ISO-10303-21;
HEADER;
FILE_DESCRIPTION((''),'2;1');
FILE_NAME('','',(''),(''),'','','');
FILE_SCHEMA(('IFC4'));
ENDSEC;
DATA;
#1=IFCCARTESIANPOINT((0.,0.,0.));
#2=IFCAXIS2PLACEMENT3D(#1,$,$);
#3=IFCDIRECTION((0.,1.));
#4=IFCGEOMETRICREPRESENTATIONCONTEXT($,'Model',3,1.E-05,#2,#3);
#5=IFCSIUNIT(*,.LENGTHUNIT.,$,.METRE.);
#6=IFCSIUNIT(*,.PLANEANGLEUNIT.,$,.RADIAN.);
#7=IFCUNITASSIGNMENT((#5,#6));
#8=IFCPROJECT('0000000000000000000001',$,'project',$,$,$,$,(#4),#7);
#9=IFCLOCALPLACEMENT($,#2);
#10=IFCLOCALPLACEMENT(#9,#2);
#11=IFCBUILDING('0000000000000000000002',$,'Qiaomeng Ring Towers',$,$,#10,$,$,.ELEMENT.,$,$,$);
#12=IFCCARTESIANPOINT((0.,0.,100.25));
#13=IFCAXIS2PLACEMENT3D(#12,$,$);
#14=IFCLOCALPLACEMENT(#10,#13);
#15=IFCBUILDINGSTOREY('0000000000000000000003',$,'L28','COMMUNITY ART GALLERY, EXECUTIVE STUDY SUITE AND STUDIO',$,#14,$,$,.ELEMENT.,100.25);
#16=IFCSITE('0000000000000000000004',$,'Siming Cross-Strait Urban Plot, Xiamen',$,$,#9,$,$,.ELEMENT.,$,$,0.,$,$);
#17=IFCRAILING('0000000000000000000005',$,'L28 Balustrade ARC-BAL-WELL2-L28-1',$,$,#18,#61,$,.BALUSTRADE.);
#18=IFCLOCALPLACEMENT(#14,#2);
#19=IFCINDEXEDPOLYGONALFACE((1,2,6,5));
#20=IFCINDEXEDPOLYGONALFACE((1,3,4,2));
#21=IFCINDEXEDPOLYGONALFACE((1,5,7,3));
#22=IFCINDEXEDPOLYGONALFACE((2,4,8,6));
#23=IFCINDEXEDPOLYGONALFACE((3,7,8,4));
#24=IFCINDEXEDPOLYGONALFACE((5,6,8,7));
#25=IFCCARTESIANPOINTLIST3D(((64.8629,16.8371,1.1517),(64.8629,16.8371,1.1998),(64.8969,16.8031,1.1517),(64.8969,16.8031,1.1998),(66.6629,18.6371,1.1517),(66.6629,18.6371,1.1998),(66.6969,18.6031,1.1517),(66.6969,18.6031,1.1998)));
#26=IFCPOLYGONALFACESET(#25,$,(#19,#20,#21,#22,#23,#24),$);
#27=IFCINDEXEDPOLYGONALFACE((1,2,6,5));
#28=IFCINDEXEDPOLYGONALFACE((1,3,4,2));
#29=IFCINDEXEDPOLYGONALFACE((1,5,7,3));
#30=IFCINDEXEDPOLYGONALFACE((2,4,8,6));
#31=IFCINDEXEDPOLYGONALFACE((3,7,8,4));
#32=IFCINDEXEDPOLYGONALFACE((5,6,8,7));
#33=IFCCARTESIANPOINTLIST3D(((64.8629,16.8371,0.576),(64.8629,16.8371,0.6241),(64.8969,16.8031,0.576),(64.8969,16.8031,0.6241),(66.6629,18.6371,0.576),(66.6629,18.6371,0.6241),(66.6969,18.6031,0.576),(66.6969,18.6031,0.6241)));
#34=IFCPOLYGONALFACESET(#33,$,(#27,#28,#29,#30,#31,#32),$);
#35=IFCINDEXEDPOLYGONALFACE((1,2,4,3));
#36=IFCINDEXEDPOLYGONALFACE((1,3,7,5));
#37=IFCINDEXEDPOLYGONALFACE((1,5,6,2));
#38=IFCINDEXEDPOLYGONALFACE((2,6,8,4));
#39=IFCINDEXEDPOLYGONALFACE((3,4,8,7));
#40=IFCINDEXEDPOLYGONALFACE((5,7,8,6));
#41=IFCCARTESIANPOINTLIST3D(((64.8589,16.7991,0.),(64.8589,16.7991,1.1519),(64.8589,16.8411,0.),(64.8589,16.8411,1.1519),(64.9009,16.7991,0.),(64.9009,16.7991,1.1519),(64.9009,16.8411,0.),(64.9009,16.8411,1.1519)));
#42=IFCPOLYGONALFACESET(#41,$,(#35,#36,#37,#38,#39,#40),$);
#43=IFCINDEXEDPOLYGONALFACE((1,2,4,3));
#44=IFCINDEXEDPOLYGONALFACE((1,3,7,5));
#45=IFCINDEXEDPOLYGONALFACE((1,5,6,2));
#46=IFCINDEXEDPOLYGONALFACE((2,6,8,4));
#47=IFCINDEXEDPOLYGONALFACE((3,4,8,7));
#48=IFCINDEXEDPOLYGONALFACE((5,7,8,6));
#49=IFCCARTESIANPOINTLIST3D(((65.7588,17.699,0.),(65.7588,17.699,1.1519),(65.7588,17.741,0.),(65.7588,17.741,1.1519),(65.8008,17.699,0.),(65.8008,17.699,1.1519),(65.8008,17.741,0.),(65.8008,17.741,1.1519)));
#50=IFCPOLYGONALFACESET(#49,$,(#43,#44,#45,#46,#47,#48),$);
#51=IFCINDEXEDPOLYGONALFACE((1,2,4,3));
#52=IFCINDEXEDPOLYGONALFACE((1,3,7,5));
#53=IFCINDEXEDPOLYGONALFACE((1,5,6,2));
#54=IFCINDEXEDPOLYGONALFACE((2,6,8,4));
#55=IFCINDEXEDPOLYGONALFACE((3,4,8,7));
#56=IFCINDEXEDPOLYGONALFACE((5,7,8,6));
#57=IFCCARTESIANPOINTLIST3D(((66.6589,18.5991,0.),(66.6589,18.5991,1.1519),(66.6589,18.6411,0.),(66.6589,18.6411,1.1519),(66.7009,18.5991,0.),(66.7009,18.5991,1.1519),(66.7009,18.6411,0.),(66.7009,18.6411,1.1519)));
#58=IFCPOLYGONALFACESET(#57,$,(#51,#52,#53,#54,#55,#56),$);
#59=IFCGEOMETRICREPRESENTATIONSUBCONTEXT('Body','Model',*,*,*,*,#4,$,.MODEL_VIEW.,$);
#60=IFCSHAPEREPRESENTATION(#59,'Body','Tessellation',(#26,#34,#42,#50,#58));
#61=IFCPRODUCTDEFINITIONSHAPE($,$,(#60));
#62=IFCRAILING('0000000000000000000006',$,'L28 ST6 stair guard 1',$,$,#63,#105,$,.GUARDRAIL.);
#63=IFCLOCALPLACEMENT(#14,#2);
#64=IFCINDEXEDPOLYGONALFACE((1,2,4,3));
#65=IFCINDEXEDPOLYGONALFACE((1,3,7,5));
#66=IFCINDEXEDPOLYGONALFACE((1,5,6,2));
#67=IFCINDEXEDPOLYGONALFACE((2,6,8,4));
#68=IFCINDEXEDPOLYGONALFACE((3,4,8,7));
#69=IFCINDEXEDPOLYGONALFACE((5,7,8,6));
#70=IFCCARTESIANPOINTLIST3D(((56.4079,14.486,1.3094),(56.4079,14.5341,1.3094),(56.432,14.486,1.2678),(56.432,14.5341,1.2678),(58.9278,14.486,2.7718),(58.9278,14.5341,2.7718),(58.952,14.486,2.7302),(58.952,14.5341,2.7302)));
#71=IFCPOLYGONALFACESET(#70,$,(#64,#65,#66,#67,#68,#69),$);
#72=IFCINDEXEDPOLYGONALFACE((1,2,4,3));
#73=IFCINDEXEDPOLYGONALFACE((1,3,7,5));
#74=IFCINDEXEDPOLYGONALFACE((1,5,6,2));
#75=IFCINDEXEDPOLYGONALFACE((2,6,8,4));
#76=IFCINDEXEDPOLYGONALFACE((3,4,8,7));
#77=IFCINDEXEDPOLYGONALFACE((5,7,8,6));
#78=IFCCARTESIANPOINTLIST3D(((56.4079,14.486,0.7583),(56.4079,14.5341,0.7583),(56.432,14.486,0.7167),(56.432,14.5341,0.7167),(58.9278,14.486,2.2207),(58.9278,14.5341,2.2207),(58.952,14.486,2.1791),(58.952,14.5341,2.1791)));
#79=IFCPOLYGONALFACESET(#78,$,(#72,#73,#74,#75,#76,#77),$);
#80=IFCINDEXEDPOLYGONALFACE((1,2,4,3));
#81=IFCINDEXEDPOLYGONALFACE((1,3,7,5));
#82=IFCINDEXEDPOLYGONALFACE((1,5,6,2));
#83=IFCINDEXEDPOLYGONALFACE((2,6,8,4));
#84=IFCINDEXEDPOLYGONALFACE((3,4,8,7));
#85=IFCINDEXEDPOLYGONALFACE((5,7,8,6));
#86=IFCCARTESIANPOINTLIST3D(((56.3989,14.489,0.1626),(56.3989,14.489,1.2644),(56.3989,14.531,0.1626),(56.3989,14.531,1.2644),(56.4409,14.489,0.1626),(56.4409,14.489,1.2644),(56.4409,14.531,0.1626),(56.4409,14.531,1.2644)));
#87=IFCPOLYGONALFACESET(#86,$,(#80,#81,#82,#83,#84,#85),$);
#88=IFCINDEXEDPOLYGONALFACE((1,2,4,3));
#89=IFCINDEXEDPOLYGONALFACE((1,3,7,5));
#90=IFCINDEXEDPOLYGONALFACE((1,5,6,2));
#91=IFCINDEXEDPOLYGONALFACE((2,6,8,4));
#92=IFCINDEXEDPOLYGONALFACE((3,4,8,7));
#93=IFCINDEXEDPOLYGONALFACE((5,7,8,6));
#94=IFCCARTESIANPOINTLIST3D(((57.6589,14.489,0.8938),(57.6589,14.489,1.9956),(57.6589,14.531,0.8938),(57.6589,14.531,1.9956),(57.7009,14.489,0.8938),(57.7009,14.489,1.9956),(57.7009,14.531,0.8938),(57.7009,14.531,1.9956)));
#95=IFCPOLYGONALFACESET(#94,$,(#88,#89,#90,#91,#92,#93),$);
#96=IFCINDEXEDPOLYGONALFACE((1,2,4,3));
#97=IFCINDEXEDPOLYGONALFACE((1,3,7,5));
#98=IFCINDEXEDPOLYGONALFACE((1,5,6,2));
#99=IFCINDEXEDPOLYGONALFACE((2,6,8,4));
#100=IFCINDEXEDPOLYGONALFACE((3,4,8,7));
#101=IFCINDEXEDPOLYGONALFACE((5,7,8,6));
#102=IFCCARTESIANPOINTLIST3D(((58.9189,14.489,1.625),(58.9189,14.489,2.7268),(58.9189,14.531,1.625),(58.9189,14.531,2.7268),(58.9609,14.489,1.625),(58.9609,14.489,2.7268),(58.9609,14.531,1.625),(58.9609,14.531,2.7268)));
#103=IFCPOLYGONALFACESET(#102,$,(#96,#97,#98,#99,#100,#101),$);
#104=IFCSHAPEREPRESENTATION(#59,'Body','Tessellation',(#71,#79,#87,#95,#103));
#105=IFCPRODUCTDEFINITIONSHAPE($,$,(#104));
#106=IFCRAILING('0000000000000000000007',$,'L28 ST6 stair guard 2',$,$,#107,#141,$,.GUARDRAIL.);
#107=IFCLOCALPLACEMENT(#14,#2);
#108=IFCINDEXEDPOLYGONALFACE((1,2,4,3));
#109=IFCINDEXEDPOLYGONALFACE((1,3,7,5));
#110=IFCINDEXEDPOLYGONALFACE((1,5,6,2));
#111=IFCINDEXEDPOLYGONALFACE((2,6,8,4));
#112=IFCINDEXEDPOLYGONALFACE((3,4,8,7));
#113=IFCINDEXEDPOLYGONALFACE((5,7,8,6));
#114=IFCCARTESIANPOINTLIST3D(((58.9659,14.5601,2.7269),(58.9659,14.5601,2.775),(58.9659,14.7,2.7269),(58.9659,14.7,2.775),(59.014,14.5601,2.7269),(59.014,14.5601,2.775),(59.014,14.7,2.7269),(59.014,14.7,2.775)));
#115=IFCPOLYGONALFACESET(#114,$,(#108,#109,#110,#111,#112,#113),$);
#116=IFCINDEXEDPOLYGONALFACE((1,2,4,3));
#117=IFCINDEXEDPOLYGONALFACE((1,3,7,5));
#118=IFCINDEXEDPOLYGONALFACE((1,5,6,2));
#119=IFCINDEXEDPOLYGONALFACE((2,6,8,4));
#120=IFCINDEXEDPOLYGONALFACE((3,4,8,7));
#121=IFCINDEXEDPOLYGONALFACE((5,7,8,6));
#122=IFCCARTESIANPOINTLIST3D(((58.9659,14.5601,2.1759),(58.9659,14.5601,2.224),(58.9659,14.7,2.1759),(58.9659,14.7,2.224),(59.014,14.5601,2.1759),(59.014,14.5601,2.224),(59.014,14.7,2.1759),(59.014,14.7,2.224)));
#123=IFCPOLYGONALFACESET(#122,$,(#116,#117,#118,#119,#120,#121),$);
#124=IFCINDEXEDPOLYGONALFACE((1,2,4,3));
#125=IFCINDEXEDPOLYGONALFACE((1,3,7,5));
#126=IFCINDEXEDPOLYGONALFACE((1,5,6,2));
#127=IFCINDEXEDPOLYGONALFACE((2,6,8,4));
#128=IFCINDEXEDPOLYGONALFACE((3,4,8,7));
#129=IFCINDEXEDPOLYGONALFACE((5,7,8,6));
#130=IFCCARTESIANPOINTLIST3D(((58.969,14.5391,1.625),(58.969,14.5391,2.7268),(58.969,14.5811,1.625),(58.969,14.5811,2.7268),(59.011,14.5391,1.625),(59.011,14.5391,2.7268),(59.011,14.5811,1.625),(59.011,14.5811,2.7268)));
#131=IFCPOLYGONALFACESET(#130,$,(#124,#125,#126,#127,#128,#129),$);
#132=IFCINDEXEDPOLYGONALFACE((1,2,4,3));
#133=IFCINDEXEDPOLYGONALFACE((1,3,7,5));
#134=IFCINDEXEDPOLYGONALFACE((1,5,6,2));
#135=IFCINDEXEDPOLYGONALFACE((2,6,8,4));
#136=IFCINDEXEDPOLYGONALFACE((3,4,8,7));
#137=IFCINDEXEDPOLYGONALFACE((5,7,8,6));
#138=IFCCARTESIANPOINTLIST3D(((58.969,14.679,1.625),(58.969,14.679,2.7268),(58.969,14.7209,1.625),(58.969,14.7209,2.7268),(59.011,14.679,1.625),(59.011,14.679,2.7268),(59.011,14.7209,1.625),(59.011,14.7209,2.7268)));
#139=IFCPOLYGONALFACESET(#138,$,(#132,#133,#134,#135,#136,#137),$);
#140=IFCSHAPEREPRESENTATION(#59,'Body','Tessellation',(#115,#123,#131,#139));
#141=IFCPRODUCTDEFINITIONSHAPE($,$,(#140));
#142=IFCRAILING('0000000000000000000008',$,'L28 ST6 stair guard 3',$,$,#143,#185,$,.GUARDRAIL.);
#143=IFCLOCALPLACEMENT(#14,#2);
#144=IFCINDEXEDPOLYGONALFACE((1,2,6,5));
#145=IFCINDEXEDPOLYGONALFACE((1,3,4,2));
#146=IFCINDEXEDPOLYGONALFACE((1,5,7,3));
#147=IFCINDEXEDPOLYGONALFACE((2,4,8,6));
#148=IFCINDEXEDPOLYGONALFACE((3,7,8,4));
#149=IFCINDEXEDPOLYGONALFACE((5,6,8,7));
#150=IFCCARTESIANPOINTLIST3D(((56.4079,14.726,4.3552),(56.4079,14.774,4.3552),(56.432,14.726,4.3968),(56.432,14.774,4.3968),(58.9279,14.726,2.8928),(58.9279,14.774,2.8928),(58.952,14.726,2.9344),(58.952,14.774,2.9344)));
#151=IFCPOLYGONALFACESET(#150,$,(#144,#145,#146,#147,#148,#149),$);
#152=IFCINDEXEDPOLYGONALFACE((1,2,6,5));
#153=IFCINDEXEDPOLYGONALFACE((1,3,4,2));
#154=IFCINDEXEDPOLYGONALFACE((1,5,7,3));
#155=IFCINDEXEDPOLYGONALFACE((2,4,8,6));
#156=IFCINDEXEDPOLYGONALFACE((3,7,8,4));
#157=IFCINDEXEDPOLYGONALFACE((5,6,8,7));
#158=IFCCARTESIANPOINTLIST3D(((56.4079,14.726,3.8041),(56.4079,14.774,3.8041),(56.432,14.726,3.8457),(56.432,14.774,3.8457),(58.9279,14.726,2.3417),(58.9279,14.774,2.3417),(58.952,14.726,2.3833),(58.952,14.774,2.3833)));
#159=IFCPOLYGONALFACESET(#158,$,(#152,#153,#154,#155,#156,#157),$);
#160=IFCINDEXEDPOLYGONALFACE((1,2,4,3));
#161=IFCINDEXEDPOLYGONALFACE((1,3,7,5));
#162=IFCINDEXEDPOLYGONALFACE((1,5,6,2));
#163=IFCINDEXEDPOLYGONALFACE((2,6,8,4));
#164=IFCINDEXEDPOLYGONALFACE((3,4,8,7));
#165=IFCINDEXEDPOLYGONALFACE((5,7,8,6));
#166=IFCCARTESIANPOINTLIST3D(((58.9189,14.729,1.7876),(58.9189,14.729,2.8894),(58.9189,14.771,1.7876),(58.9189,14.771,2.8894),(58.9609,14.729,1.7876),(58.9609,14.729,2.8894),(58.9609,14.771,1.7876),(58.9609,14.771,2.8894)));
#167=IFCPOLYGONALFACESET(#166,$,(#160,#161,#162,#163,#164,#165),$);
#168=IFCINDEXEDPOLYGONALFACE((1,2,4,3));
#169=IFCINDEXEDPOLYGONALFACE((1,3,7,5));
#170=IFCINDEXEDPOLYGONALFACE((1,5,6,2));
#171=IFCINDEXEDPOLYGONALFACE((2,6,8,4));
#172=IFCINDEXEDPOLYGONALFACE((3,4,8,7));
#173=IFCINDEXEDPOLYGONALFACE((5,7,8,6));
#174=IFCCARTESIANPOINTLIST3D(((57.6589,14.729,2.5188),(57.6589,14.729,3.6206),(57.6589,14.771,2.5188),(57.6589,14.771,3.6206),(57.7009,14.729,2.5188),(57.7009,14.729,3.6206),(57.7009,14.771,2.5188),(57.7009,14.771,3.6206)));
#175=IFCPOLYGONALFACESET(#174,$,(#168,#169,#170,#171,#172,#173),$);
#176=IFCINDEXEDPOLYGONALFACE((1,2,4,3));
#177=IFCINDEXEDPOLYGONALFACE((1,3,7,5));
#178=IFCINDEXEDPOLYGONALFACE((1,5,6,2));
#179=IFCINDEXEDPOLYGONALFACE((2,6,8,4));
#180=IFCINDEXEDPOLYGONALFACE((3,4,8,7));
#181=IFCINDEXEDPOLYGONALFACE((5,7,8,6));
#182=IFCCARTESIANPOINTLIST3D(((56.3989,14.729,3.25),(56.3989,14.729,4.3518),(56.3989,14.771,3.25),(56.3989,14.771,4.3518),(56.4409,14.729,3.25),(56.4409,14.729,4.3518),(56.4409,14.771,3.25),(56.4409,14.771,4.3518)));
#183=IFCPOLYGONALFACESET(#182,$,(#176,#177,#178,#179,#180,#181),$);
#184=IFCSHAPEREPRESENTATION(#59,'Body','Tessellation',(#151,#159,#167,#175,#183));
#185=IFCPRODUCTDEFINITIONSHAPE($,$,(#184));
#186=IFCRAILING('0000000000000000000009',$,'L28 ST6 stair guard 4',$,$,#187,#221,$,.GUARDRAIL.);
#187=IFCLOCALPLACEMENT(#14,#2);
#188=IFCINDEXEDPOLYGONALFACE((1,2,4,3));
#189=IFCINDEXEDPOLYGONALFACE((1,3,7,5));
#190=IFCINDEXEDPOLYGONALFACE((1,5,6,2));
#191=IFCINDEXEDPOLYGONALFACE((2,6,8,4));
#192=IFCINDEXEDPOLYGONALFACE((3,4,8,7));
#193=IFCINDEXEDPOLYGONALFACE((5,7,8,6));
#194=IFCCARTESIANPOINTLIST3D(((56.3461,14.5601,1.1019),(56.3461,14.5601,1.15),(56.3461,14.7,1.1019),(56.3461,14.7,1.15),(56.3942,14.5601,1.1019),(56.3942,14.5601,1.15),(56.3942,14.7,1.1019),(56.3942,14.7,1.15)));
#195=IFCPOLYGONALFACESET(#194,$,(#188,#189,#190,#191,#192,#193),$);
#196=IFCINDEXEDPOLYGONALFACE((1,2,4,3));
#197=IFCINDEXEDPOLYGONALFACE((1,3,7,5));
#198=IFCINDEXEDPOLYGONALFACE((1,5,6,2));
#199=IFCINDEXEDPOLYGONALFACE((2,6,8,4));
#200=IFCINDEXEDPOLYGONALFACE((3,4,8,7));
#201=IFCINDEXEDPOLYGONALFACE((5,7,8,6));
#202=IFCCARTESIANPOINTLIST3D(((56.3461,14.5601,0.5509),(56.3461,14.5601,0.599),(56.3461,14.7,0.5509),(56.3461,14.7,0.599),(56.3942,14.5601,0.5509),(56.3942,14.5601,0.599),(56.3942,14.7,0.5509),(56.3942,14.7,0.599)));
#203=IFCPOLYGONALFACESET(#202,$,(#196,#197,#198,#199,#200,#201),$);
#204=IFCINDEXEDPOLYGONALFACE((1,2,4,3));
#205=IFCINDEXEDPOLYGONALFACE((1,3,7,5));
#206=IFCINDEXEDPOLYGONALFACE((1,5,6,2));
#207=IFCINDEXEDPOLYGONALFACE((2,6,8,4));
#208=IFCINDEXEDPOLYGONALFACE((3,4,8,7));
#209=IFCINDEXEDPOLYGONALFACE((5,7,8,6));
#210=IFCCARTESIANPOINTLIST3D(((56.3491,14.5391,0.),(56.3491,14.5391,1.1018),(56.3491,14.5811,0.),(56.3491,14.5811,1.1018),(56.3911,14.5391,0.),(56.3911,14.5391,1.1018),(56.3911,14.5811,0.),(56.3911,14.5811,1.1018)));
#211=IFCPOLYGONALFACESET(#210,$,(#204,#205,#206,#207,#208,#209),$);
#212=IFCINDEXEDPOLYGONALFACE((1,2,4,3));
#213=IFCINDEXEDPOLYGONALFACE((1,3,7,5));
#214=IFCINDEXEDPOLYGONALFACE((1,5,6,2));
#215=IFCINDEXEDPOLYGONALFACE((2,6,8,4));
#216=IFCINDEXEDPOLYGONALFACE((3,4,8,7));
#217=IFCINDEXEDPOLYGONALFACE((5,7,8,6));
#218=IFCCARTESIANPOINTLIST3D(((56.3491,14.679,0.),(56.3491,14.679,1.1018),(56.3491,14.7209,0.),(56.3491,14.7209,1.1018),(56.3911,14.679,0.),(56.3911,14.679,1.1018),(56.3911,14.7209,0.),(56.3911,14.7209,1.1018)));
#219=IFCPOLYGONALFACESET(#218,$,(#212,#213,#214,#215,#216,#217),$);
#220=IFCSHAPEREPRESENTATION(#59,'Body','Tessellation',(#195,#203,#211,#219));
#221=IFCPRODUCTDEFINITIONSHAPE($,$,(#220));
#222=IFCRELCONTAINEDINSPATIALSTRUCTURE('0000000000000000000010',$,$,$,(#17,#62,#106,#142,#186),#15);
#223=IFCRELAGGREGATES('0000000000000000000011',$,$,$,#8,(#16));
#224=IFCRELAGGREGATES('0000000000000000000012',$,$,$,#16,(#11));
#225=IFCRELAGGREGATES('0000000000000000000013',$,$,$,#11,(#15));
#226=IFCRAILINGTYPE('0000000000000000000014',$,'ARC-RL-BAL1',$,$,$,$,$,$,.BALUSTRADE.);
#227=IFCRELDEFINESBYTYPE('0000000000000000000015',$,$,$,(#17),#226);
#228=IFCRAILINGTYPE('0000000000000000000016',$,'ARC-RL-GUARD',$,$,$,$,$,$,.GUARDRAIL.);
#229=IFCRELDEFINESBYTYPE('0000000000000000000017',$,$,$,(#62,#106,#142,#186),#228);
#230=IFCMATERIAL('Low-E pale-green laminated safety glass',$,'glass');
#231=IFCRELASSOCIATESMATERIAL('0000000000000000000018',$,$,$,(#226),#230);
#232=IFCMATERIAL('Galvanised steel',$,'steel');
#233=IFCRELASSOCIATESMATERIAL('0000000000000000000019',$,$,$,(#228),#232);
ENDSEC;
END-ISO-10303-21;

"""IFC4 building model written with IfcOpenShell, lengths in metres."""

from ifc_helpers import new_model, si_unit, direction, frame, origin, origin_2d, place, context, subcontext, project, spatial, rectangle, extrude, material, type_object, element, save


model = new_model("IFC4")

# Units and contexts
model_context = context("Model", 3, precision=1e-05, world=origin(), true_north=direction((0.0, 1.0)))
body_context = subcontext(model_context, "Body", "Model", "MODEL_VIEW")
ifc_project = project(units=[si_unit("LENGTHUNIT", "METRE"), si_unit("PLANEANGLEUNIT", "RADIAN")], contexts=[model_context])

# Site, building, storey
site_placement = place(None, origin())
site = spatial("IfcSite", under=ifc_project, at=site_placement, Name="Siming Cross-Strait Urban Plot, Xiamen", CompositionType="ELEMENT", RefElevation=0.0)
building_placement = place(site_placement, origin())
building = spatial("IfcBuilding", under=site, at=building_placement, Name="Qiaomeng Ring Towers", CompositionType="ELEMENT")
storey_placement = place(building_placement, frame((0.0, 0.0, 100.25)))
storey = spatial("IfcBuildingStorey", under=building, at=storey_placement, Name="L28", Description="COMMUNITY ART GALLERY, EXECUTIVE STUDY SUITE AND STUDIO", CompositionType="ELEMENT", Elevation=100.25)

# Shared definitions
ifc_material_1 = material(Name="Galvanised steel", Category="steel")

# Railings
ifc_material_2 = material(Name="Low-E pale-green laminated safety glass", Category="glass")
railing_type_1 = type_object("IfcRailingType", Name="ARC-RL-BAL1", PredefinedType="BALUSTRADE", material=ifc_material_2)
railing_1_placement = place(storey_placement, frame((64.8799, 16.8201, 0.0)))
element("IfcRailing", 1, at=railing_1_placement, inside=storey, type_object=railing_type_1, Name="L28 Balustrade ARC-BAL-WELL2-L28-1", PredefinedType="BALUSTRADE", context=body_context, shape_type="SweptSolid", body=[
    extrude(rectangle(XDim=0.0481, YDim=0.0481, at=origin_2d()), frame((0.0, 0.0, 1.1758), z_axis=(0.707107, 0.707107, 0.0), x_axis=(-0.707107, 0.707107, 0.0)), (0.0, 0.0, 1.0), 2.5457),
    extrude(rectangle(XDim=0.0481, YDim=0.0481, at=origin_2d()), frame((0.0, 0.0, 0.6001), z_axis=(0.707107, 0.707107, 0.0), x_axis=(-0.707107, 0.707107, 0.0)), (0.0, 0.0, 1.0), 2.5457),
    extrude(rectangle(XDim=0.042, YDim=0.042, at=origin_2d()), origin(), (0.0, 0.0, 1.0), 1.1519),
    extrude(rectangle(XDim=0.042, YDim=0.042, at=origin_2d()), frame((0.8999, 0.8999, 0.0)), (0.0, 0.0, 1.0), 1.1519),
    extrude(rectangle(XDim=0.042, YDim=0.042, at=origin_2d()), frame((1.8, 1.8, 0.0)), (0.0, 0.0, 1.0), 1.1519),
])
railing_type_2 = type_object("IfcRailingType", Name="ARC-RL-GUARD", PredefinedType="GUARDRAIL", material=ifc_material_1)
railing_2_placement = place(storey_placement, frame((56.4199, 14.51, 0.1626)))
element("IfcRailing", 2, at=railing_2_placement, inside=storey, type_object=railing_type_2, Name="L28 ST6 stair guard 1", PredefinedType="GUARDRAIL", context=body_context, shape_type="SweptSolid", body=[
    extrude(rectangle(XDim=0.0481, YDim=0.0481, at=origin_2d()), frame((0.0, 0.0, 1.126), z_axis=(0.864913, 0.0, 0.501921), x_axis=(0.0, 1.0, 0.0)), (0.0, 0.0, 1.0), 2.9136),
    extrude(rectangle(XDim=0.0481, YDim=0.0481, at=origin_2d()), frame((0.0, 0.0, 0.575), z_axis=(0.864913, 0.0, 0.501921), x_axis=(0.0, 1.0, 0.0)), (0.0, 0.0, 1.0), 2.9136),
    extrude(rectangle(XDim=0.042, YDim=0.042, at=origin_2d()), origin(), (0.0, 0.0, 1.0), 1.1018),
    extrude(rectangle(XDim=0.042, YDim=0.042, at=origin_2d()), frame((1.26, 0.0, 0.7312)), (0.0, 0.0, 1.0), 1.1018),
    extrude(rectangle(XDim=0.042, YDim=0.042, at=origin_2d()), frame((2.52, 0.0, 1.4624)), (0.0, 0.0, 1.0), 1.1018),
])
railing_3_placement = place(storey_placement, frame((58.99, 14.5601, 1.625)))
element("IfcRailing", 3, at=railing_3_placement, inside=storey, type_object=railing_type_2, Name="L28 ST6 stair guard 2", PredefinedType="GUARDRAIL", context=body_context, shape_type="SweptSolid", body=[
    extrude(rectangle(XDim=0.0481, YDim=0.0481, at=origin_2d()), frame((0.0, 0.0, 1.126), z_axis=(0.0, 1.0, 0.0), x_axis=(-1.0, 0.0, 0.0)), (0.0, 0.0, 1.0), 0.1399),
    extrude(rectangle(XDim=0.0481, YDim=0.0481, at=origin_2d()), frame((0.0, 0.0, 0.575), z_axis=(0.0, 1.0, 0.0), x_axis=(-1.0, 0.0, 0.0)), (0.0, 0.0, 1.0), 0.1399),
    extrude(rectangle(XDim=0.042, YDim=0.042, at=origin_2d()), origin(), (0.0, 0.0, 1.0), 1.1018),
    extrude(rectangle(XDim=0.042, YDim=0.042, at=origin_2d()), frame((0.0, 0.1399, 0.0)), (0.0, 0.0, 1.0), 1.1018),
])
railing_4_placement = place(storey_placement, frame((58.9399, 14.75, 1.7876)))
element("IfcRailing", 4, at=railing_4_placement, inside=storey, type_object=railing_type_2, Name="L28 ST6 stair guard 3", PredefinedType="GUARDRAIL", context=body_context, shape_type="SweptSolid", body=[
    extrude(rectangle(XDim=0.0481, YDim=0.0481, at=origin_2d()), frame((0.0, 0.0, 1.126), z_axis=(-0.864913, 0.0, 0.501921), x_axis=(0.0, -1.0, 0.0)), (0.0, 0.0, 1.0), 2.9136),
    extrude(rectangle(XDim=0.0481, YDim=0.0481, at=origin_2d()), frame((0.0, 0.0, 0.575), z_axis=(-0.864913, 0.0, 0.501921), x_axis=(0.0, -1.0, 0.0)), (0.0, 0.0, 1.0), 2.9136),
    extrude(rectangle(XDim=0.042, YDim=0.042, at=origin_2d()), origin(), (0.0, 0.0, 1.0), 1.1018),
    extrude(rectangle(XDim=0.042, YDim=0.042, at=origin_2d()), frame((-1.26, 0.0, 0.7312)), (0.0, 0.0, 1.0), 1.1018),
    extrude(rectangle(XDim=0.042, YDim=0.042, at=origin_2d()), frame((-2.52, 0.0, 1.4624)), (0.0, 0.0, 1.0), 1.1018),
])
railing_5_placement = place(storey_placement, frame((56.3701, 14.5601, 0.0)))
element("IfcRailing", 5, at=railing_5_placement, inside=storey, type_object=railing_type_2, Name="L28 ST6 stair guard 4", PredefinedType="GUARDRAIL", context=body_context, shape_type="SweptSolid", body=[
    extrude(rectangle(XDim=0.0481, YDim=0.0481, at=origin_2d()), frame((0.0, 0.0, 1.126), z_axis=(0.0, 1.0, 0.0), x_axis=(-1.0, 0.0, 0.0)), (0.0, 0.0, 1.0), 0.1399),
    extrude(rectangle(XDim=0.0481, YDim=0.0481, at=origin_2d()), frame((0.0, 0.0, 0.575), z_axis=(0.0, 1.0, 0.0), x_axis=(-1.0, 0.0, 0.0)), (0.0, 0.0, 1.0), 0.1399),
    extrude(rectangle(XDim=0.042, YDim=0.042, at=origin_2d()), origin(), (0.0, 0.0, 1.0), 1.1018),
    extrude(rectangle(XDim=0.042, YDim=0.042, at=origin_2d()), frame((0.0, 0.1399, 0.0)), (0.0, 0.0, 1.0), 1.1018),
])

save(model, "model.ifc")
